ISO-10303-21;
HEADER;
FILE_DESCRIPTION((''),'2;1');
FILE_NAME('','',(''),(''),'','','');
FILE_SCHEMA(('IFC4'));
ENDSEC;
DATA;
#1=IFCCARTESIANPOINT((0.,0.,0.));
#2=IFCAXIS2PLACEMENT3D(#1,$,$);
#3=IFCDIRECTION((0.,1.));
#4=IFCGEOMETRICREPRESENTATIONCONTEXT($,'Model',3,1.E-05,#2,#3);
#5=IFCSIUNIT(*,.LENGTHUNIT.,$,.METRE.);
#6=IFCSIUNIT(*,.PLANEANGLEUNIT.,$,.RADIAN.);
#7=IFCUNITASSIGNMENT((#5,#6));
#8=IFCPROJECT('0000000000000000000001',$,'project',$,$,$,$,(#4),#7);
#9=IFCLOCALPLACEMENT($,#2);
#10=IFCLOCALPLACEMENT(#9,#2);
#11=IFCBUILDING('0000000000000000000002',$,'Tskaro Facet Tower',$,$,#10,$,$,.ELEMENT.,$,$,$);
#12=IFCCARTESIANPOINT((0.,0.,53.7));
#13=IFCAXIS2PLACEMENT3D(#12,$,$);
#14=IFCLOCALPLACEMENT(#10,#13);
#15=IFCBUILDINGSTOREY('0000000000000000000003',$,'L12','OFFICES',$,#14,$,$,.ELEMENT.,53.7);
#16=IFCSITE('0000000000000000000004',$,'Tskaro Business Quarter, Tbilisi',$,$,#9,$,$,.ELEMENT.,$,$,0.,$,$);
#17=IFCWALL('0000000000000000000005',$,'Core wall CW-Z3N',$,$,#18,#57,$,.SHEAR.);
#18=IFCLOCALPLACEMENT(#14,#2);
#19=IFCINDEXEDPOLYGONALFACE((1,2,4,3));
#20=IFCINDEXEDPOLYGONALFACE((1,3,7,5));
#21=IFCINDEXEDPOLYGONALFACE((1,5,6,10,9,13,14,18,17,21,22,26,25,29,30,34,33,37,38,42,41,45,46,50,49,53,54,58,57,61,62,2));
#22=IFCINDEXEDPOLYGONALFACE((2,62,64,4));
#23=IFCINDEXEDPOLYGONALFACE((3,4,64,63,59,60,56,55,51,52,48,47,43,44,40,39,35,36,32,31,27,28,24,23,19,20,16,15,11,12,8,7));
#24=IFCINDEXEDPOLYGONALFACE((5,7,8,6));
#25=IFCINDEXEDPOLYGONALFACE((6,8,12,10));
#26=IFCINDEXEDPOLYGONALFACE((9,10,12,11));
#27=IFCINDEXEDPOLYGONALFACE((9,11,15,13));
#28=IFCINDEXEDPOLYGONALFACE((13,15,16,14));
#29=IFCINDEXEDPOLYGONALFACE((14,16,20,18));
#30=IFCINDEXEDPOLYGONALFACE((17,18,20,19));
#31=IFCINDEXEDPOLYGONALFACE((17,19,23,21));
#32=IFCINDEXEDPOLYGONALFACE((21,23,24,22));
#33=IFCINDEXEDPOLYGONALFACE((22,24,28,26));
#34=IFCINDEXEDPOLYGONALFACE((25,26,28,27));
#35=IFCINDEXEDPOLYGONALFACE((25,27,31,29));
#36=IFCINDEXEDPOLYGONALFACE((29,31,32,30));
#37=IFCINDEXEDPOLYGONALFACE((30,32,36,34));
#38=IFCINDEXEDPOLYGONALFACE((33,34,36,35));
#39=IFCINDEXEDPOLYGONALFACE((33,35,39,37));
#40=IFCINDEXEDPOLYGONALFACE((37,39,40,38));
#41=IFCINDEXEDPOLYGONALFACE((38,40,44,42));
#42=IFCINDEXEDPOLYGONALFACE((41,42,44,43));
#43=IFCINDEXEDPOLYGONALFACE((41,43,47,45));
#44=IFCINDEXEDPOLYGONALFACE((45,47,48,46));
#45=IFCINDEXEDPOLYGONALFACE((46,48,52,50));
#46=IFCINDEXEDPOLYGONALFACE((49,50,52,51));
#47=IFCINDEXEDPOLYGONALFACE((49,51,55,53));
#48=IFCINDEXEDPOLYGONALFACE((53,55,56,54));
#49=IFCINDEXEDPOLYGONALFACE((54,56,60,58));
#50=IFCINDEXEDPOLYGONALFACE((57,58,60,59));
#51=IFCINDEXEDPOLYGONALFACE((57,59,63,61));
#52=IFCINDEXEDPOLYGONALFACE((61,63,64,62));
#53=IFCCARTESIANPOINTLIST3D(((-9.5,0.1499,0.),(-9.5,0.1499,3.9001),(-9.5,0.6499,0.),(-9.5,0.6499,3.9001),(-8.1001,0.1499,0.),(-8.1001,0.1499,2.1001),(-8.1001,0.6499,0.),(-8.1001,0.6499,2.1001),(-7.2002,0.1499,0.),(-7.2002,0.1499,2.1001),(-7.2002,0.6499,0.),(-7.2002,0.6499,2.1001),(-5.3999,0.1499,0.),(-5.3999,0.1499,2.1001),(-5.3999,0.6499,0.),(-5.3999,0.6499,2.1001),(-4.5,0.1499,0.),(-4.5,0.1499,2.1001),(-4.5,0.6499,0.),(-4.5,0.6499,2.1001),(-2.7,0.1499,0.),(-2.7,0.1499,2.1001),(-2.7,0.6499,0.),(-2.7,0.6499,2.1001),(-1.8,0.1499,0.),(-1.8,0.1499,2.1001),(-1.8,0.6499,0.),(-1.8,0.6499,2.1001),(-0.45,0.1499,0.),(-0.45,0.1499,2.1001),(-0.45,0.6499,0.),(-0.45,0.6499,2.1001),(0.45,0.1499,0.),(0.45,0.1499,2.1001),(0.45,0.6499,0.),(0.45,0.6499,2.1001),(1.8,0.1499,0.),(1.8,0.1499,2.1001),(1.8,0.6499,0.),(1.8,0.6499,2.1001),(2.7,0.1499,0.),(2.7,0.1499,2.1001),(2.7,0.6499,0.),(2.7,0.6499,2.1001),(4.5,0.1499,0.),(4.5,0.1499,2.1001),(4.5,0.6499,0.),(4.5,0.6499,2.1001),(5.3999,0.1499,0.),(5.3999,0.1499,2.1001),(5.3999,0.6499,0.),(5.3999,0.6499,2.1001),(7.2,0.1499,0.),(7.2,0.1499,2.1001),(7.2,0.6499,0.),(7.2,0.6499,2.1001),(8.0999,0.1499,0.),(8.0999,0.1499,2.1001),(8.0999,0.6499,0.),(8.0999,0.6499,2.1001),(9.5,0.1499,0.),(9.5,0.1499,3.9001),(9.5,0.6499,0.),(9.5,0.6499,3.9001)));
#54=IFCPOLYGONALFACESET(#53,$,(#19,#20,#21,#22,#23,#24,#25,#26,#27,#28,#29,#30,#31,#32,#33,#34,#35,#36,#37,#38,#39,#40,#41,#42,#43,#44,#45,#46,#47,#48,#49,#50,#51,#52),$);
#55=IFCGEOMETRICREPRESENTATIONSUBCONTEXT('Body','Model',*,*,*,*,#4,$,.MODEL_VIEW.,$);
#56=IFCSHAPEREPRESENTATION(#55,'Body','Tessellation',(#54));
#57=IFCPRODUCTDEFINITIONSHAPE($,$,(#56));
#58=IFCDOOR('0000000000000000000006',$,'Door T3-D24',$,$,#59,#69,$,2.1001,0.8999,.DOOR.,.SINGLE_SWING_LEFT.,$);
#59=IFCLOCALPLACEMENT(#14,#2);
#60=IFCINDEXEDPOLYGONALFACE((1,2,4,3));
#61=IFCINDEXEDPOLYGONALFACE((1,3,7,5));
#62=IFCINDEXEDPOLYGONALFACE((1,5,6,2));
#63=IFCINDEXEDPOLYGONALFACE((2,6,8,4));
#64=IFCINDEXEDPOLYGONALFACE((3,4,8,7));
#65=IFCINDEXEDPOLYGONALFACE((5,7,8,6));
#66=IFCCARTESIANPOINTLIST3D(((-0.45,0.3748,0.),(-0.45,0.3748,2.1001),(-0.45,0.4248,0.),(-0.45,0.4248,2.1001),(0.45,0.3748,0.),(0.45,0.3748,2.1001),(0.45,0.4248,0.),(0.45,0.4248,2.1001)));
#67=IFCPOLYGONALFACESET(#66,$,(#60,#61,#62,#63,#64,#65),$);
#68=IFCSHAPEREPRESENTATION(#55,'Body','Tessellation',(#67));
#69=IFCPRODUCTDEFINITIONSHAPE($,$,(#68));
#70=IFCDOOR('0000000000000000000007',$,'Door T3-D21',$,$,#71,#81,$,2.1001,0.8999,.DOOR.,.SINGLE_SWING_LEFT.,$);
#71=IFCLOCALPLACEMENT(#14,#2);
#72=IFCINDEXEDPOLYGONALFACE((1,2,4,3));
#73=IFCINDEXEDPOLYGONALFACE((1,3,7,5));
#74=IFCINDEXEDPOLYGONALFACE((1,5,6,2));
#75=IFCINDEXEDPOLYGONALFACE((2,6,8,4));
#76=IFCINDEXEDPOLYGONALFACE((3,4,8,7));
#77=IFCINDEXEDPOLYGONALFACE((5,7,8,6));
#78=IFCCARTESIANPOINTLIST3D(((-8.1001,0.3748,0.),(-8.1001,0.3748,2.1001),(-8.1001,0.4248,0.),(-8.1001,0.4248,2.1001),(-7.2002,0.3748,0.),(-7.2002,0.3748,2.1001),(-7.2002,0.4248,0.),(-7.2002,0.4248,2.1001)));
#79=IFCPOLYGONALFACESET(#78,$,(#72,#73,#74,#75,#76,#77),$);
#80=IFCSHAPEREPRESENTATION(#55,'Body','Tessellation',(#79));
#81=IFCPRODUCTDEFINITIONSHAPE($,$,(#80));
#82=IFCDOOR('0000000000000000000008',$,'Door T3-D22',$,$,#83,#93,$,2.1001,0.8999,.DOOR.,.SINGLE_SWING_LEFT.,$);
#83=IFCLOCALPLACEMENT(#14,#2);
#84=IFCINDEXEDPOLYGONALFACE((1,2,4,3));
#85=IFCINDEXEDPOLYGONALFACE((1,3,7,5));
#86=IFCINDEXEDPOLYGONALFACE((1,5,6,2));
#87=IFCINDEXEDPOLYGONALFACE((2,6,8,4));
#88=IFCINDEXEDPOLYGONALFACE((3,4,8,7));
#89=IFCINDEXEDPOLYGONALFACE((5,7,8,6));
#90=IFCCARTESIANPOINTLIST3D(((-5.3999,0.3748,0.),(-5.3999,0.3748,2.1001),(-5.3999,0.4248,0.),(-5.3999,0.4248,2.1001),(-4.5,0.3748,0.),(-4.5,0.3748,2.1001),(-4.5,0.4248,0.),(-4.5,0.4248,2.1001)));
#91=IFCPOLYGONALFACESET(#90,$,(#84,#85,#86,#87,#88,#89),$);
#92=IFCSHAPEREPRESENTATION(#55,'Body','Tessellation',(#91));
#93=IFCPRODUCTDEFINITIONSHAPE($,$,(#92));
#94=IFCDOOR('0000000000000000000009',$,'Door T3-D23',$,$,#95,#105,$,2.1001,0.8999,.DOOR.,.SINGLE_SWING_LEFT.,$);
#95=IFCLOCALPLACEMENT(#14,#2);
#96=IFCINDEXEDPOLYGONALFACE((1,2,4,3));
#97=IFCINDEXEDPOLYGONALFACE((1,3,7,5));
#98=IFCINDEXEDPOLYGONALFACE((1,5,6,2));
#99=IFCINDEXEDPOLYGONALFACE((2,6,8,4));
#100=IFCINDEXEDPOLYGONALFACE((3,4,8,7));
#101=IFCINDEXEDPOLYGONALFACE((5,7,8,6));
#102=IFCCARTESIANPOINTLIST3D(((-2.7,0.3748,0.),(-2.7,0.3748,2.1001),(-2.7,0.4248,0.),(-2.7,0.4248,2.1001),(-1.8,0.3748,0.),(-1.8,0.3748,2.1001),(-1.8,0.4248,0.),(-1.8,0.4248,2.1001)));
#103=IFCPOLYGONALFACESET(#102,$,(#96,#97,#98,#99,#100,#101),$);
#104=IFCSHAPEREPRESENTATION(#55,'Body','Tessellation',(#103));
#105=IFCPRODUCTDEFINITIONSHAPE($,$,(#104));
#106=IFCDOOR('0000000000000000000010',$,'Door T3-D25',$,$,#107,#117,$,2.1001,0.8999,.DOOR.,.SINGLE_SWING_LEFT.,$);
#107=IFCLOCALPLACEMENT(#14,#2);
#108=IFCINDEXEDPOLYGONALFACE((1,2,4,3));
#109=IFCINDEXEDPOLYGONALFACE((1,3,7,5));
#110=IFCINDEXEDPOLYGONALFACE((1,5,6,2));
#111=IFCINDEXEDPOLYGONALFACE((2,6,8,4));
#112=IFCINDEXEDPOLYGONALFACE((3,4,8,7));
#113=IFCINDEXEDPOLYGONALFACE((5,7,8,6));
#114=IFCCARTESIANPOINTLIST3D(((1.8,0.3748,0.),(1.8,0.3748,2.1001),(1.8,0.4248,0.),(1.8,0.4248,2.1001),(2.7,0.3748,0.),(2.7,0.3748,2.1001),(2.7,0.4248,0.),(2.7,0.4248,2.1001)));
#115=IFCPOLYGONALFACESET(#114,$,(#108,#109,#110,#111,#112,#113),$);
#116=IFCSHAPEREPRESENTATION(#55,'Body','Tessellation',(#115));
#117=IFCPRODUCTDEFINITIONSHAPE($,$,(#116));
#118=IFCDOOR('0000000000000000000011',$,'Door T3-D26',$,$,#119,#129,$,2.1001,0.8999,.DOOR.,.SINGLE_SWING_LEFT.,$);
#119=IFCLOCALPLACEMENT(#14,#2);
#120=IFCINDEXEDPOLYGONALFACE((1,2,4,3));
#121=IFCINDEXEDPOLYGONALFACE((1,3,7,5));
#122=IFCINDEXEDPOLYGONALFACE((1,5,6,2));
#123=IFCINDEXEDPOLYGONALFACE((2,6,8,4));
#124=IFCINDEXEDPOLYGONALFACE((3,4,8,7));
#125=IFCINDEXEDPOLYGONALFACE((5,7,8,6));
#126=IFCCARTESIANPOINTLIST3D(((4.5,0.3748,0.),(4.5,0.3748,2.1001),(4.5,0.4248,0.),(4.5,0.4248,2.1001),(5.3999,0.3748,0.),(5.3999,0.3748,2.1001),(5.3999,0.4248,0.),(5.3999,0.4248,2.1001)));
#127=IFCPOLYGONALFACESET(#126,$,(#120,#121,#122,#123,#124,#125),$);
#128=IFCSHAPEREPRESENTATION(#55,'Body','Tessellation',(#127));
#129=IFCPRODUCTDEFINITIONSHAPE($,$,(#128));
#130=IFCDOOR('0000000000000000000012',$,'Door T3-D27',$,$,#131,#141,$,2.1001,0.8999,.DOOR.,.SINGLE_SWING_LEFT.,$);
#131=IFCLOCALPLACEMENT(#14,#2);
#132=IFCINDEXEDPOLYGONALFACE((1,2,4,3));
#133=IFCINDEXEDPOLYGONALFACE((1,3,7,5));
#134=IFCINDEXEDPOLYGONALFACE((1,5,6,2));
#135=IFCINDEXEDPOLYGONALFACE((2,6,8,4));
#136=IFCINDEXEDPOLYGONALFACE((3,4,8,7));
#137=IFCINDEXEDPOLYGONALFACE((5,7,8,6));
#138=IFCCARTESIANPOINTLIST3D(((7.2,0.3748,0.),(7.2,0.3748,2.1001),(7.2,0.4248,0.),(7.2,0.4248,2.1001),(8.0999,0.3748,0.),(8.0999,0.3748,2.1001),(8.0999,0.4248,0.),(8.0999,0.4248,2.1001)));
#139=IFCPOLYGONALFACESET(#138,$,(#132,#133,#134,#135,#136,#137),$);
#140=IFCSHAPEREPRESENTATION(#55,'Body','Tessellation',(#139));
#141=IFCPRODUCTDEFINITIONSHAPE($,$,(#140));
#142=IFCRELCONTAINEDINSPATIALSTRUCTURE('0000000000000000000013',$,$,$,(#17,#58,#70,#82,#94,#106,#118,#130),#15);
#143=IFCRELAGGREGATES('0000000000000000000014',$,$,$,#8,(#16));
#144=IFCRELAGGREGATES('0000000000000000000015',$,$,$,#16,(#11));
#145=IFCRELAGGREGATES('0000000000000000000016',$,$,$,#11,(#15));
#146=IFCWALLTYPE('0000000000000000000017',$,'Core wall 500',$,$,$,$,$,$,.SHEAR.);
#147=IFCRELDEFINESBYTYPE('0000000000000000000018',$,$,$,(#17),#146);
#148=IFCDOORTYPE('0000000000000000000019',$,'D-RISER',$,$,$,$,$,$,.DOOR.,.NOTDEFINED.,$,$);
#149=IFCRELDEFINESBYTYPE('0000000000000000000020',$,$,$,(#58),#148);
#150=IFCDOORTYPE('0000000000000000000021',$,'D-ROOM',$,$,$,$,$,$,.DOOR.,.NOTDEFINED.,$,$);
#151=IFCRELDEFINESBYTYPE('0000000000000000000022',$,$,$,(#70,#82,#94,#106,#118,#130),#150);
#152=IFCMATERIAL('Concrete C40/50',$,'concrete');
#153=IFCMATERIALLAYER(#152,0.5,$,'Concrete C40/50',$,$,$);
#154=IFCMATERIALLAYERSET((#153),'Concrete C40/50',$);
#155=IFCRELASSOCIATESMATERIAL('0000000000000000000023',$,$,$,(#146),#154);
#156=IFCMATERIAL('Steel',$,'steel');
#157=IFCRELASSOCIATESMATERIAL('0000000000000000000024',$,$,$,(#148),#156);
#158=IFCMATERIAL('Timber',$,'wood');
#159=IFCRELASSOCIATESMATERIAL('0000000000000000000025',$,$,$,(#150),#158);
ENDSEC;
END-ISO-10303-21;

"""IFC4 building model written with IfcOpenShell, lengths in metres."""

from ifc_helpers import new_model, si_unit, direction, frame, frame_2d, origin, place, context, subcontext, project, spatial, rectangle, extrude, material, layer, layer_set, type_object, element, fill, save


model = new_model("IFC4")

# Units and contexts
model_context = context("Model", 3, precision=1e-05, world=origin(), true_north=direction((0.0, 1.0)))
body_context = subcontext(model_context, "Body", "Model", "MODEL_VIEW")
ifc_project = project(units=[si_unit("LENGTHUNIT", "METRE"), si_unit("PLANEANGLEUNIT", "RADIAN")], contexts=[model_context])

# Site, building, storey
site_placement = place(None, origin())
site = spatial("IfcSite", under=ifc_project, at=site_placement, Name="Tskaro Business Quarter, Tbilisi", CompositionType="ELEMENT", RefElevation=0.0)
building_placement = place(site_placement, origin())
building = spatial("IfcBuilding", under=site, at=building_placement, Name="Tskaro Facet Tower", CompositionType="ELEMENT")
storey_placement = place(building_placement, frame((0.0, 0.0, 53.7)))
storey = spatial("IfcBuildingStorey", under=building, at=storey_placement, Name="L12", Description="OFFICES", CompositionType="ELEMENT", Elevation=53.7)

# Wall, openings, doors
ifc_material_1 = material(Name="Concrete C40/50", Category="concrete")
ifc_layer_1 = layer(ifc_material_1, 0.5, Name="Concrete C40/50")
ifc_layer_set_1 = layer_set([ifc_layer_1], Name="Concrete C40/50")
wall_type_1 = type_object("IfcWallType", Name="Core wall 500", PredefinedType="SHEAR", material=ifc_layer_set_1)
wall_1_placement = place(storey_placement, frame((-9.5, 0.3999, 0.0), z_axis=(0.0, 0.0, 1.0), x_axis=(1.0, 0.0, 0.0)))
wall_1 = element("IfcWall", 1, at=wall_1_placement, inside=storey, type_object=wall_type_1, Name="Core wall CW-Z3N", PredefinedType="SHEAR", context=body_context, shape_type="SweptSolid", body=[
    extrude(rectangle(XDim=19.0, YDim=0.5, at=frame_2d((9.5, 0.0))), origin(), (0.0, 0.0, 1.0), 3.9001),
])
opening_1_placement = place(wall_1_placement, frame((1.3999, 0.0, 0.0)))
opening_1 = element("IfcOpeningElement", 2, at=opening_1_placement, cuts=wall_1, PredefinedType="OPENING", context=body_context, shape_type="SweptSolid", body=[
    extrude(rectangle(XDim=0.8999, YDim=2.1001, at=frame_2d((0.45, 1.05))), frame((0.0, 0.26, 0.0), z_axis=(0.0, -1.0, 0.0), x_axis=(1.0, 0.0, 0.0)), (0.0, 0.0, 1.0), 0.52),
])
opening_2_placement = place(wall_1_placement, frame((4.1001, 0.0, 0.0)))
opening_2 = element("IfcOpeningElement", 3, at=opening_2_placement, cuts=wall_1, PredefinedType="OPENING", context=body_context, shape_type="SweptSolid", body=[
    extrude(rectangle(XDim=0.8999, YDim=2.1001, at=frame_2d((0.45, 1.05))), frame((0.0, 0.26, 0.0), z_axis=(0.0, -1.0, 0.0), x_axis=(1.0, 0.0, 0.0)), (0.0, 0.0, 1.0), 0.52),
])
opening_3_placement = place(wall_1_placement, frame((6.8, 0.0, 0.0)))
opening_3 = element("IfcOpeningElement", 4, at=opening_3_placement, cuts=wall_1, PredefinedType="OPENING", context=body_context, shape_type="SweptSolid", body=[
    extrude(rectangle(XDim=0.8999, YDim=2.1001, at=frame_2d((0.45, 1.05))), frame((0.0, 0.26, 0.0), z_axis=(0.0, -1.0, 0.0), x_axis=(1.0, 0.0, 0.0)), (0.0, 0.0, 1.0), 0.52),
])
opening_4_placement = place(wall_1_placement, frame((11.3, 0.0, 0.0)))
opening_4 = element("IfcOpeningElement", 5, at=opening_4_placement, cuts=wall_1, PredefinedType="OPENING", context=body_context, shape_type="SweptSolid", body=[
    extrude(rectangle(XDim=0.8999, YDim=2.1001, at=frame_2d((0.45, 1.05))), frame((0.0, 0.26, 0.0), z_axis=(0.0, -1.0, 0.0), x_axis=(1.0, 0.0, 0.0)), (0.0, 0.0, 1.0), 0.52),
])
opening_5_placement = place(wall_1_placement, frame((14.0, 0.0, 0.0)))
opening_5 = element("IfcOpeningElement", 6, at=opening_5_placement, cuts=wall_1, PredefinedType="OPENING", context=body_context, shape_type="SweptSolid", body=[
    extrude(rectangle(XDim=0.8999, YDim=2.1001, at=frame_2d((0.45, 1.05))), frame((0.0, 0.26, 0.0), z_axis=(0.0, -1.0, 0.0), x_axis=(1.0, 0.0, 0.0)), (0.0, 0.0, 1.0), 0.52),
])
opening_6_placement = place(wall_1_placement, frame((16.7, 0.0, 0.0)))
opening_6 = element("IfcOpeningElement", 7, at=opening_6_placement, cuts=wall_1, PredefinedType="OPENING", context=body_context, shape_type="SweptSolid", body=[
    extrude(rectangle(XDim=0.8999, YDim=2.1001, at=frame_2d((0.45, 1.05))), frame((0.0, 0.26, 0.0), z_axis=(0.0, -1.0, 0.0), x_axis=(1.0, 0.0, 0.0)), (0.0, 0.0, 1.0), 0.52),
])
opening_7_placement = place(wall_1_placement, frame((9.05, 0.0, 0.0)))
opening_7 = element("IfcOpeningElement", 8, at=opening_7_placement, cuts=wall_1, PredefinedType="OPENING", context=body_context, shape_type="SweptSolid", body=[
    extrude(rectangle(XDim=0.8999, YDim=2.1001, at=frame_2d((0.45, 1.05))), frame((0.0, 0.26, 0.0), z_axis=(0.0, -1.0, 0.0), x_axis=(1.0, 0.0, 0.0)), (0.0, 0.0, 1.0), 0.52),
])
ifc_material_2 = material(Name="Steel", Category="steel")
door_type_1 = type_object("IfcDoorType", Name="D-RISER", OperationType="NOTDEFINED", PredefinedType="DOOR", material=ifc_material_2)
door_1_placement = place(opening_7_placement, origin())
door_1 = element("IfcDoor", 9, at=door_1_placement, inside=storey, type_object=door_type_1, Name="Door T3-D24", OperationType="SINGLE_SWING_LEFT", OverallHeight=2.1001, OverallWidth=0.8999, PredefinedType="DOOR", context=body_context, shape_type="SweptSolid", body=[
    extrude(rectangle(XDim=0.8999, YDim=2.1001, at=frame_2d((0.45, 1.05))), frame((0.0, 0.0249, 0.0), z_axis=(0.0, -1.0, 0.0), x_axis=(1.0, 0.0, 0.0)), (0.0, 0.0, 1.0), 0.05),
])
fill(opening_7, door_1)
ifc_material_3 = material(Name="Timber", Category="wood")
door_type_2 = type_object("IfcDoorType", Name="D-ROOM", OperationType="NOTDEFINED", PredefinedType="DOOR", material=ifc_material_3)
door_2_placement = place(opening_1_placement, origin())
door_2 = element("IfcDoor", 10, at=door_2_placement, inside=storey, type_object=door_type_2, Name="Door T3-D21", OperationType="SINGLE_SWING_LEFT", OverallHeight=2.1001, OverallWidth=0.8999, PredefinedType="DOOR", context=body_context, shape_type="SweptSolid", body=[
    extrude(rectangle(XDim=0.8999, YDim=2.1001, at=frame_2d((0.45, 1.05))), frame((0.0, 0.0249, 0.0), z_axis=(0.0, -1.0, 0.0), x_axis=(1.0, 0.0, 0.0)), (0.0, 0.0, 1.0), 0.05),
])
fill(opening_1, door_2)
door_3_placement = place(opening_2_placement, origin())
door_3 = element("IfcDoor", 11, at=door_3_placement, inside=storey, type_object=door_type_2, Name="Door T3-D22", OperationType="SINGLE_SWING_LEFT", OverallHeight=2.1001, OverallWidth=0.8999, PredefinedType="DOOR", context=body_context, shape_type="SweptSolid", body=[
    extrude(rectangle(XDim=0.8999, YDim=2.1001, at=frame_2d((0.45, 1.05))), frame((0.0, 0.0249, 0.0), z_axis=(0.0, -1.0, 0.0), x_axis=(1.0, 0.0, 0.0)), (0.0, 0.0, 1.0), 0.05),
])
fill(opening_2, door_3)
door_4_placement = place(opening_3_placement, origin())
door_4 = element("IfcDoor", 12, at=door_4_placement, inside=storey, type_object=door_type_2, Name="Door T3-D23", OperationType="SINGLE_SWING_LEFT", OverallHeight=2.1001, OverallWidth=0.8999, PredefinedType="DOOR", context=body_context, shape_type="SweptSolid", body=[
    extrude(rectangle(XDim=0.8999, YDim=2.1001, at=frame_2d((0.45, 1.05))), frame((0.0, 0.0249, 0.0), z_axis=(0.0, -1.0, 0.0), x_axis=(1.0, 0.0, 0.0)), (0.0, 0.0, 1.0), 0.05),
])
fill(opening_3, door_4)
door_5_placement = place(opening_4_placement, origin())
door_5 = element("IfcDoor", 13, at=door_5_placement, inside=storey, type_object=door_type_2, Name="Door T3-D25", OperationType="SINGLE_SWING_LEFT", OverallHeight=2.1001, OverallWidth=0.8999, PredefinedType="DOOR", context=body_context, shape_type="SweptSolid", body=[
    extrude(rectangle(XDim=0.8999, YDim=2.1001, at=frame_2d((0.45, 1.05))), frame((0.0, 0.0249, 0.0), z_axis=(0.0, -1.0, 0.0), x_axis=(1.0, 0.0, 0.0)), (0.0, 0.0, 1.0), 0.05),
])
fill(opening_4, door_5)
door_6_placement = place(opening_5_placement, origin())
door_6 = element("IfcDoor", 14, at=door_6_placement, inside=storey, type_object=door_type_2, Name="Door T3-D26", OperationType="SINGLE_SWING_LEFT", OverallHeight=2.1001, OverallWidth=0.8999, PredefinedType="DOOR", context=body_context, shape_type="SweptSolid", body=[
    extrude(rectangle(XDim=0.8999, YDim=2.1001, at=frame_2d((0.45, 1.05))), frame((0.0, 0.0249, 0.0), z_axis=(0.0, -1.0, 0.0), x_axis=(1.0, 0.0, 0.0)), (0.0, 0.0, 1.0), 0.05),
])
fill(opening_5, door_6)
door_7_placement = place(opening_6_placement, origin())
door_7 = element("IfcDoor", 15, at=door_7_placement, inside=storey, type_object=door_type_2, Name="Door T3-D27", OperationType="SINGLE_SWING_LEFT", OverallHeight=2.1001, OverallWidth=0.8999, PredefinedType="DOOR", context=body_context, shape_type="SweptSolid", body=[
    extrude(rectangle(XDim=0.8999, YDim=2.1001, at=frame_2d((0.45, 1.05))), frame((0.0, 0.0249, 0.0), z_axis=(0.0, -1.0, 0.0), x_axis=(1.0, 0.0, 0.0)), (0.0, 0.0, 1.0), 0.05),
])
fill(opening_6, door_7)

save(model, "model.ifc")
